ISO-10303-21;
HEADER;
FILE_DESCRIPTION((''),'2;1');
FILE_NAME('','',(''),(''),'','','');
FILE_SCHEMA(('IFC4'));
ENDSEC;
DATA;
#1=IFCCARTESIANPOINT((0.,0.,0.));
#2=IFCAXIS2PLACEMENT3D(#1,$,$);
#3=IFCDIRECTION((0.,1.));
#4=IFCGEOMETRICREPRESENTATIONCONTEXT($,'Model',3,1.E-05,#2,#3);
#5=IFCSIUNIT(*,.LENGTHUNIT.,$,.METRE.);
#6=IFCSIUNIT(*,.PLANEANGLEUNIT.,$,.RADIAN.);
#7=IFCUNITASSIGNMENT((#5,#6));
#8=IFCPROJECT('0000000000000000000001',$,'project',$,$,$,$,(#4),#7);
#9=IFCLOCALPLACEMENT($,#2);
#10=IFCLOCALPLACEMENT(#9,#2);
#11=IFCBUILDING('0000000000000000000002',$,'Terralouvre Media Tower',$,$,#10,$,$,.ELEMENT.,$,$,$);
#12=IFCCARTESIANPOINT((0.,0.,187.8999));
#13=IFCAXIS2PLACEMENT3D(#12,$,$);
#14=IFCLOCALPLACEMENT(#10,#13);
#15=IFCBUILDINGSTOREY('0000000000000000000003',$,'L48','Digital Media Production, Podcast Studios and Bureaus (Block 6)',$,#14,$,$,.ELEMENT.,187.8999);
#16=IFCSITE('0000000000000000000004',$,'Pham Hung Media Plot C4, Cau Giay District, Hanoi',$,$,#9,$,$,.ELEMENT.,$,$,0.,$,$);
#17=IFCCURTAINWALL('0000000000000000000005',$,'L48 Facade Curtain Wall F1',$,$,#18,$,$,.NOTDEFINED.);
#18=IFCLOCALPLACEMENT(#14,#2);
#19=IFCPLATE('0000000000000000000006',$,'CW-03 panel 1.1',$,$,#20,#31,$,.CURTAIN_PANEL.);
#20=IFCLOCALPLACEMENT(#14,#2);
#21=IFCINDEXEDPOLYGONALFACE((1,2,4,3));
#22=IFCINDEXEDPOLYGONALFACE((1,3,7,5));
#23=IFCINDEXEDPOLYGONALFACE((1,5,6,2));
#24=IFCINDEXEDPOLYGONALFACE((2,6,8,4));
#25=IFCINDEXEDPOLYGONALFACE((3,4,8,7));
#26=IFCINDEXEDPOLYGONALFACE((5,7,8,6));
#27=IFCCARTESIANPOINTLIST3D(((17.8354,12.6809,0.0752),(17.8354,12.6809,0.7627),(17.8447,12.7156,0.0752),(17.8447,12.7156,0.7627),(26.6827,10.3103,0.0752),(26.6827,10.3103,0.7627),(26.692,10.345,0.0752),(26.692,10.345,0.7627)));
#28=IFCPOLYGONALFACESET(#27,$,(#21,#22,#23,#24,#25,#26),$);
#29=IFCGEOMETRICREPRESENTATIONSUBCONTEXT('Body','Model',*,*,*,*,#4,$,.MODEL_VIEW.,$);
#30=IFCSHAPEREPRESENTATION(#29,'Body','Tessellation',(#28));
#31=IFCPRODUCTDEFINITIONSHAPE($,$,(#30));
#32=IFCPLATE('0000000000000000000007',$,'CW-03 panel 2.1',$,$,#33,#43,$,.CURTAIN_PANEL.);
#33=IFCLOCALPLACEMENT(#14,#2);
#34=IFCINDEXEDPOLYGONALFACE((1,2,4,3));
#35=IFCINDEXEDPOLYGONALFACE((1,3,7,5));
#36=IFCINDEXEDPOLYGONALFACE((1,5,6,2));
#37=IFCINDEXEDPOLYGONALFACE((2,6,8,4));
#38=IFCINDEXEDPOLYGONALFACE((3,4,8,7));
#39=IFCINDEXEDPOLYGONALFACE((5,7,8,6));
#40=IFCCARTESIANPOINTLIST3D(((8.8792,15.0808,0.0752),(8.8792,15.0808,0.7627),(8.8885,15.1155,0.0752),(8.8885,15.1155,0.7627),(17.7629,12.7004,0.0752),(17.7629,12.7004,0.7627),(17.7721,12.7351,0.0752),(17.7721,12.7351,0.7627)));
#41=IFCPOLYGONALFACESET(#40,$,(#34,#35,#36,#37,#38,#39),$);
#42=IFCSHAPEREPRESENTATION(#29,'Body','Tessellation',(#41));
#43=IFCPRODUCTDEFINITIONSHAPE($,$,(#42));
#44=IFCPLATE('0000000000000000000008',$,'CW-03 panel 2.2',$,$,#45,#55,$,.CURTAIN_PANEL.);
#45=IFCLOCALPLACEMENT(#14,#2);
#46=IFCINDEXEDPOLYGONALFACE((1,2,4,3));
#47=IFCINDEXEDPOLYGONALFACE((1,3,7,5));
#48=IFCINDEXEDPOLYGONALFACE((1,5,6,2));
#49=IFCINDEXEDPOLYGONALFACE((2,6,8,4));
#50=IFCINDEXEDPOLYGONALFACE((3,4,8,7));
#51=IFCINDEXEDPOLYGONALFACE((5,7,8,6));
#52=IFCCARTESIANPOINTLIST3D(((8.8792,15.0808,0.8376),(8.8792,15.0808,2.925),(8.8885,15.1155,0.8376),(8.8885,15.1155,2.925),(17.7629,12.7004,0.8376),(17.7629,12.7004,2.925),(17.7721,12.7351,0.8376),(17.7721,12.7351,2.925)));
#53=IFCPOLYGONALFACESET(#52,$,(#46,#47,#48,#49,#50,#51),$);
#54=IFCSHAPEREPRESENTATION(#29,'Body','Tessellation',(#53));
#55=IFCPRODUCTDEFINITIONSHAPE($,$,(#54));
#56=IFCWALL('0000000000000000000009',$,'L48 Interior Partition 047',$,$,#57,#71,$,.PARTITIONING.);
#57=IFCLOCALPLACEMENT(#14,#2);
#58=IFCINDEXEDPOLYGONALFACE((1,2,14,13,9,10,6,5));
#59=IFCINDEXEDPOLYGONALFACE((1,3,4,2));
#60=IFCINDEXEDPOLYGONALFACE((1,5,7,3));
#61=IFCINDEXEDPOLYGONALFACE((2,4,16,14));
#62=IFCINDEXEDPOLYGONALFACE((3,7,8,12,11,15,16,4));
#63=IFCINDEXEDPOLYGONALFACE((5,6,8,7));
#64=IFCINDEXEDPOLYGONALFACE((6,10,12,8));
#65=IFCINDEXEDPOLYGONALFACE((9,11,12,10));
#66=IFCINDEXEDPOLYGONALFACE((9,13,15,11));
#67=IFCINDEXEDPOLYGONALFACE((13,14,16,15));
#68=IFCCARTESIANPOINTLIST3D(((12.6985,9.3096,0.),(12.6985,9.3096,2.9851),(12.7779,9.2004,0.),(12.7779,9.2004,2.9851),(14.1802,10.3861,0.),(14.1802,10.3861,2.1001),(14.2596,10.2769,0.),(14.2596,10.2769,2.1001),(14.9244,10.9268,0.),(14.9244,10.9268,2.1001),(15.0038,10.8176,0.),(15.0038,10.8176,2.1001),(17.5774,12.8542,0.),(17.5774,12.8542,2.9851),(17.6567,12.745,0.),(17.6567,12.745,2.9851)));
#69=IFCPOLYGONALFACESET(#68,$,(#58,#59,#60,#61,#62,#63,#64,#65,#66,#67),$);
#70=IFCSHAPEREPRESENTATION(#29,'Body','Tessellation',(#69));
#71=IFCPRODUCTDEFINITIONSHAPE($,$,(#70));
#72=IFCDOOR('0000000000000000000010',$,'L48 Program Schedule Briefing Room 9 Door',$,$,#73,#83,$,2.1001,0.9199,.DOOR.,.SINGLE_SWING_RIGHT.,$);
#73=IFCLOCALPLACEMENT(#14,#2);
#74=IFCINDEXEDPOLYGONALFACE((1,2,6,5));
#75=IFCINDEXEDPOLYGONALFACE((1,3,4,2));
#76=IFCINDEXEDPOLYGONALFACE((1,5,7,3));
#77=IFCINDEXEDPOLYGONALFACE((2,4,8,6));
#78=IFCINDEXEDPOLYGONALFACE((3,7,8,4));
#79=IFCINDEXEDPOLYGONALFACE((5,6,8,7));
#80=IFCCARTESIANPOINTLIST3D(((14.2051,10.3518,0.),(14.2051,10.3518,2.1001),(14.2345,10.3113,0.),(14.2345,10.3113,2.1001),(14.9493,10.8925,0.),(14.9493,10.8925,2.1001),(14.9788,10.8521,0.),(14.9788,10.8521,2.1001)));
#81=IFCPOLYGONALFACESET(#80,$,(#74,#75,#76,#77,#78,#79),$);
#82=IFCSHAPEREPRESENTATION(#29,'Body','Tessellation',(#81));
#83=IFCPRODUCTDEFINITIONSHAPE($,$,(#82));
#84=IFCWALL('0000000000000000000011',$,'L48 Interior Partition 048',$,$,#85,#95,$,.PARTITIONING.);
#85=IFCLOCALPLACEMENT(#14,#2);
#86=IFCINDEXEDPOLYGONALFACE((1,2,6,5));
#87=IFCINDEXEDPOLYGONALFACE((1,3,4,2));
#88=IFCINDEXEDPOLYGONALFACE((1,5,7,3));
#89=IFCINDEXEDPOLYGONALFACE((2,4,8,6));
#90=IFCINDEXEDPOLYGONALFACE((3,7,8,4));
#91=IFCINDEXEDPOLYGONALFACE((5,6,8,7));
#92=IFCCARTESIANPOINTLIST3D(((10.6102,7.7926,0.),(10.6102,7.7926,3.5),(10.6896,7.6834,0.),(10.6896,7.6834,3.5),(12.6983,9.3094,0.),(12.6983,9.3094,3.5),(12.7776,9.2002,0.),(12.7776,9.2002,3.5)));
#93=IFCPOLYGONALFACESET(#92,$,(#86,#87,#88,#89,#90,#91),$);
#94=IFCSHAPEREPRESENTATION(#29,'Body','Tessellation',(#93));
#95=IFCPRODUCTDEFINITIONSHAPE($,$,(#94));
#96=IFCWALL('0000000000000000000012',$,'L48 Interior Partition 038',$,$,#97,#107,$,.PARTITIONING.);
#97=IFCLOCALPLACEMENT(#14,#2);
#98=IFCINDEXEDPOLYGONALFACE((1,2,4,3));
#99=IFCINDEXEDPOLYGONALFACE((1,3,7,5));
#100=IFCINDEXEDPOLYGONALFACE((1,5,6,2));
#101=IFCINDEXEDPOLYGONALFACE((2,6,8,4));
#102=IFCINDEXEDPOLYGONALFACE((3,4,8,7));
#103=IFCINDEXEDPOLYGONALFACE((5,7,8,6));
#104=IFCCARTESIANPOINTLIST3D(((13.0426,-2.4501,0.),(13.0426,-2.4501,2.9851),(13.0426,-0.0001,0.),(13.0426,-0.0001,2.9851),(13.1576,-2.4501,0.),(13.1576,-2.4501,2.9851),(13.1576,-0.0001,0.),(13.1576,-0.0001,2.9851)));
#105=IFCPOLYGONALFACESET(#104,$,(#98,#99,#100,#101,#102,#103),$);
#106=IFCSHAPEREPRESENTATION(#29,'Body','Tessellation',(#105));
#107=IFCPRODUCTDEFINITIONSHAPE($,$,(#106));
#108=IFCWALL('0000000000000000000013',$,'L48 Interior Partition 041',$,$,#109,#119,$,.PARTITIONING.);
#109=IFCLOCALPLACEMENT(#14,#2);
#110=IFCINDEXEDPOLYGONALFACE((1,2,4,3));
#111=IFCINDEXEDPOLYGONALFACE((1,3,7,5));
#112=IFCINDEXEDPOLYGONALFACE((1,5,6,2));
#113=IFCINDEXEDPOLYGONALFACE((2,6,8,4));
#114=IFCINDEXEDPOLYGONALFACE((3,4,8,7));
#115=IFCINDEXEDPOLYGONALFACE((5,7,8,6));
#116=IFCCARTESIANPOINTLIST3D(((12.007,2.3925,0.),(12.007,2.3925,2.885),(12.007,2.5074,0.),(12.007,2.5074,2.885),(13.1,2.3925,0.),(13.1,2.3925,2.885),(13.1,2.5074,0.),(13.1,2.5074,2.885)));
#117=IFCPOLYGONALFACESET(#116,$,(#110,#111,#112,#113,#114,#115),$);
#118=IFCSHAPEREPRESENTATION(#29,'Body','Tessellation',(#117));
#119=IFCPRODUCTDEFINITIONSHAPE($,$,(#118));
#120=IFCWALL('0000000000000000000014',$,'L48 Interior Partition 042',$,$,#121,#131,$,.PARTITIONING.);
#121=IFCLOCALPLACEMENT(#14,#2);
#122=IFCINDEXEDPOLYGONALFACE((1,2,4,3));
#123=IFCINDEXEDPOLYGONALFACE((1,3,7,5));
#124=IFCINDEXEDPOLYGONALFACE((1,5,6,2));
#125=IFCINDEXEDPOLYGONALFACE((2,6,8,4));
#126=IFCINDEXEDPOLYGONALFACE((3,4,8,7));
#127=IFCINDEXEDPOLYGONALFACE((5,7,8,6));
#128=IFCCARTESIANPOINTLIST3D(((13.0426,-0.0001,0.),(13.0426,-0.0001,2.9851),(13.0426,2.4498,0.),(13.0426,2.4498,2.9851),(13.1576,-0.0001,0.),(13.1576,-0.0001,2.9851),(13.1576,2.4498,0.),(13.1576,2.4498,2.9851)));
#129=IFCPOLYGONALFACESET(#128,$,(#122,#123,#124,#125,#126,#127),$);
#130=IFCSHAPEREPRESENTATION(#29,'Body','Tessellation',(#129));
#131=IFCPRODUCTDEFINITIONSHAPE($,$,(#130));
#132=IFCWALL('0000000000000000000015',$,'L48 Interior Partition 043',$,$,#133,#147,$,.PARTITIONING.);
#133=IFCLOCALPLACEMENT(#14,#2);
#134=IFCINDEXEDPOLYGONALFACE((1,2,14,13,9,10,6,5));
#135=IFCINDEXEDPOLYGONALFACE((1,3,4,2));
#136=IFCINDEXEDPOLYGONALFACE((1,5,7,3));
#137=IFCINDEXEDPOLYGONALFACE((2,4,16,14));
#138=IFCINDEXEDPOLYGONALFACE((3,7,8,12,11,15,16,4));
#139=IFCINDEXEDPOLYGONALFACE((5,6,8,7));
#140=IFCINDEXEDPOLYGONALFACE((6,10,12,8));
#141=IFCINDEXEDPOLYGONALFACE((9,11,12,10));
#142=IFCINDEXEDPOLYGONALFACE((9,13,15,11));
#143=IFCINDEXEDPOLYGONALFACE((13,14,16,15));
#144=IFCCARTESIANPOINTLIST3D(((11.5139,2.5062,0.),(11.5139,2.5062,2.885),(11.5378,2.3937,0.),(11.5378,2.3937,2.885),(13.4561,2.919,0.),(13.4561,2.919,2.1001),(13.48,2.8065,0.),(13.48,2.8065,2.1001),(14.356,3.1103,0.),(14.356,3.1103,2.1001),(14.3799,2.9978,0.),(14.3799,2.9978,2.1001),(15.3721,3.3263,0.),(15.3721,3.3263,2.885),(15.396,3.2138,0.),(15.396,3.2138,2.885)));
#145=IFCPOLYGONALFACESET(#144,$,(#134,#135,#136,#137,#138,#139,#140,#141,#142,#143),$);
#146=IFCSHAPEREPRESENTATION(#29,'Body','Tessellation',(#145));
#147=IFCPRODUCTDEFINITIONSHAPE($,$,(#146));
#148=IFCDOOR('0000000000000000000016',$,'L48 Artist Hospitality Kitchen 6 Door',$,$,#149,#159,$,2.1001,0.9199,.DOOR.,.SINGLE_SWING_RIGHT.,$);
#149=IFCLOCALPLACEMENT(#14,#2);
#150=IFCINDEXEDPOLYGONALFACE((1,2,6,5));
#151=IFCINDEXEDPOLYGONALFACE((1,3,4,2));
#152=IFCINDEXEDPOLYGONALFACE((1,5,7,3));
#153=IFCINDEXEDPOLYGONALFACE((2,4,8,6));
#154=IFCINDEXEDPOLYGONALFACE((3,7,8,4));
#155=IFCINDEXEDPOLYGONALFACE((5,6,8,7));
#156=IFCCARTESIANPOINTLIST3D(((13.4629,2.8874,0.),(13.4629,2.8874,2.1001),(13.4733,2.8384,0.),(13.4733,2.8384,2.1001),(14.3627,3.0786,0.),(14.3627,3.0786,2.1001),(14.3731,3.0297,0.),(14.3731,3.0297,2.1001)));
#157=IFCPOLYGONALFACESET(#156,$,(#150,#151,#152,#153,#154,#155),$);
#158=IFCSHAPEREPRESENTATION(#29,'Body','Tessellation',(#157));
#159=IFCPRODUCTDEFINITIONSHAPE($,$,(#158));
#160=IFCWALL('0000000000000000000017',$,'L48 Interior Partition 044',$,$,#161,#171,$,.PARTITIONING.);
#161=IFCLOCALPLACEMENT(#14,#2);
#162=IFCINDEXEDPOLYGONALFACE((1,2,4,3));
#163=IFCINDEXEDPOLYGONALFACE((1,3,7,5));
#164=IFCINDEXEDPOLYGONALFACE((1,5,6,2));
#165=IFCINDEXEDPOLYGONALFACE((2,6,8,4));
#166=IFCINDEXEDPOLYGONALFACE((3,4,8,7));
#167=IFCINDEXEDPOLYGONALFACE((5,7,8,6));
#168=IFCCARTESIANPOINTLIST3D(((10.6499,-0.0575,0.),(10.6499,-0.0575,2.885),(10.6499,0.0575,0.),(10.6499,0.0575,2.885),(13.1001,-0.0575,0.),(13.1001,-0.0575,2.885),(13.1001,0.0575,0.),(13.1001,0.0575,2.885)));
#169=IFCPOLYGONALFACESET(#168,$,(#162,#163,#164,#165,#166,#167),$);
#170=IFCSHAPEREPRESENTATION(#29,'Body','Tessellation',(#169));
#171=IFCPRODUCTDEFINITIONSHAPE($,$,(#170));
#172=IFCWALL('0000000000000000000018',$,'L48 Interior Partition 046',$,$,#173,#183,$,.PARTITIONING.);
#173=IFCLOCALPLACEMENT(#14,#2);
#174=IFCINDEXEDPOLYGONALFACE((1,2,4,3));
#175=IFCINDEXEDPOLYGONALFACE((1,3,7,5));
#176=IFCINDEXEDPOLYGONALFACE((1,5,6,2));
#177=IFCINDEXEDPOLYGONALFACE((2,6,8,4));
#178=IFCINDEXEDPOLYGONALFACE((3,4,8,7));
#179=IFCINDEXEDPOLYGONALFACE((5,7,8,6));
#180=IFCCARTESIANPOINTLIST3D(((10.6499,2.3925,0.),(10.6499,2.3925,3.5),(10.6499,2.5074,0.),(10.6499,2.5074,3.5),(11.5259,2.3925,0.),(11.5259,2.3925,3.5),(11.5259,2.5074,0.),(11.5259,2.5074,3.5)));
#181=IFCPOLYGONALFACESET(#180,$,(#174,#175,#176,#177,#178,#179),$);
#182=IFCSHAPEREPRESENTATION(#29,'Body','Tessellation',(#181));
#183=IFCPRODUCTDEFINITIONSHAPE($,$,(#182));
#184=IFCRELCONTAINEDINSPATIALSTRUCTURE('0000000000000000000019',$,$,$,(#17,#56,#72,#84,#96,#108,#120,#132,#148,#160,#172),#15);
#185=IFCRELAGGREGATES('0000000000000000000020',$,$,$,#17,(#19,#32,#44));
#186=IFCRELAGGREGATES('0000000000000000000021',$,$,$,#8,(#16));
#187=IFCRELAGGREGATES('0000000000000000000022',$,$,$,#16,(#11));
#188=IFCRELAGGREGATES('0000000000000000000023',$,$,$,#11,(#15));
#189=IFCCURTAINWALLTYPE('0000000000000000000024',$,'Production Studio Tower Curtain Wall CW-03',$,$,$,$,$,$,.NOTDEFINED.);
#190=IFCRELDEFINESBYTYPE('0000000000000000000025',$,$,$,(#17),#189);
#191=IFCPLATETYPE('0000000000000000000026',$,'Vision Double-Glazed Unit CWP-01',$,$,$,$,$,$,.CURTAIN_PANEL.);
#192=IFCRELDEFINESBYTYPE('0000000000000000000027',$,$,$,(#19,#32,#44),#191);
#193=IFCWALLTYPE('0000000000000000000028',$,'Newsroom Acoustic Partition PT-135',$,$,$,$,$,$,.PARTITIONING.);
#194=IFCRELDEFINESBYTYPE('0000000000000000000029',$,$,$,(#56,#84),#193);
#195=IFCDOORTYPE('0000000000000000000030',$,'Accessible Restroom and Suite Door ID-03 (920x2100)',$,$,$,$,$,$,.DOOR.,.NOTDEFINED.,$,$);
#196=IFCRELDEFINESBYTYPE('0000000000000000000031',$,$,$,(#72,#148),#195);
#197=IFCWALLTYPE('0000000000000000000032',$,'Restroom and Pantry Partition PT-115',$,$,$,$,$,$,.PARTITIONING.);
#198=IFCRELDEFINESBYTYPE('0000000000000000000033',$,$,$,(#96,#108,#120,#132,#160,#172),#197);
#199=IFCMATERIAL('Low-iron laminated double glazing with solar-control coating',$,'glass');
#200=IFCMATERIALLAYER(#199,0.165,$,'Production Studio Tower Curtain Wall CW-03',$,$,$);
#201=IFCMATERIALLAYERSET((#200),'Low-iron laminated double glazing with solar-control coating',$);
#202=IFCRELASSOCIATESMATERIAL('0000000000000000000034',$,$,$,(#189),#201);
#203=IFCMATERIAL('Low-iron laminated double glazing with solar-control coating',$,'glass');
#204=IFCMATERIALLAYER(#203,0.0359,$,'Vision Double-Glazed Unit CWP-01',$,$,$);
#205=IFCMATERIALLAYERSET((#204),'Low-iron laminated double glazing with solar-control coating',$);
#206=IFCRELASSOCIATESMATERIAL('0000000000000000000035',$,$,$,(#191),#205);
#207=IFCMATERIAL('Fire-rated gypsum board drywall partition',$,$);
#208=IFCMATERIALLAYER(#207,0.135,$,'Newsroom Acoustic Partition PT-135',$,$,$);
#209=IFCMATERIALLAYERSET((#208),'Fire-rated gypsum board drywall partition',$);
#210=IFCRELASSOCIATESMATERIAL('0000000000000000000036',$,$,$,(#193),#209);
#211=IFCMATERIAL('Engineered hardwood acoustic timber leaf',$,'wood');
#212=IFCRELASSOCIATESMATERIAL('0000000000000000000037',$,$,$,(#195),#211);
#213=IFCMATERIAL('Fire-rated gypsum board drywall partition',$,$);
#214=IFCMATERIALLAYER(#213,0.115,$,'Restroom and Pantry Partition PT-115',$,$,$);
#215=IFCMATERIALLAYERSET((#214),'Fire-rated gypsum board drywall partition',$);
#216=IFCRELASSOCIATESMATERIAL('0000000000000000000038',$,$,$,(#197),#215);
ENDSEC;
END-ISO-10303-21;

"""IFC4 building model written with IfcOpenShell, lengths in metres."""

from ifc_helpers import new_model, si_unit, direction, frame, frame_2d, origin, origin_2d, place, context, subcontext, project, spatial, rectangle, extrude, material, layer, layer_set, type_object, element, fill, aggregate, save


model = new_model("IFC4")

# Units and contexts
model_context = context("Model", 3, precision=1e-05, world=origin(), true_north=direction((0.0, 1.0)))
body_context = subcontext(model_context, "Body", "Model", "MODEL_VIEW")
ifc_project = project(units=[si_unit("LENGTHUNIT", "METRE"), si_unit("PLANEANGLEUNIT", "RADIAN")], contexts=[model_context])

# Site, building, storey
site_placement = place(None, origin())
site = spatial("IfcSite", under=ifc_project, at=site_placement, Name="Pham Hung Media Plot C4, Cau Giay District, Hanoi", CompositionType="ELEMENT", RefElevation=0.0)
building_placement = place(site_placement, origin())
building = spatial("IfcBuilding", under=site, at=building_placement, Name="Terralouvre Media Tower", CompositionType="ELEMENT")
storey_placement = place(building_placement, frame((0.0, 0.0, 187.8999)))
storey = spatial("IfcBuildingStorey", under=building, at=storey_placement, Name="L48", Description="Digital Media Production, Podcast Studios and Bureaus (Block 6)", CompositionType="ELEMENT", Elevation=187.8999)

# Curtain wall
ifc_material_1 = material(Name="Low-iron laminated double glazing with solar-control coating", Category="glass")
ifc_layer_1 = layer(ifc_material_1, 0.165, Name="Production Studio Tower Curtain Wall CW-03")
ifc_layer_set_1 = layer_set([ifc_layer_1], Name="Low-iron laminated double glazing with solar-control coating")
curtain_wall_type = type_object("IfcCurtainWallType", Name="Production Studio Tower Curtain Wall CW-03", PredefinedType="NOTDEFINED", material=ifc_layer_set_1)
curtain_wall_placement = place(storey_placement, origin())
curtain_wall = element("IfcCurtainWall", 1, at=curtain_wall_placement, inside=storey, type_object=curtain_wall_type, Name="L48 Facade Curtain Wall F1", PredefinedType="NOTDEFINED")

# Plates
ifc_material_2 = material(Name="Low-iron laminated double glazing with solar-control coating", Category="glass")
ifc_layer_2 = layer(ifc_material_2, 0.0359, Name="Vision Double-Glazed Unit CWP-01")
ifc_layer_set_2 = layer_set([ifc_layer_2], Name="Low-iron laminated double glazing with solar-control coating")
plate_type = type_object("IfcPlateType", Name="Vision Double-Glazed Unit CWP-01", PredefinedType="CURTAIN_PANEL", material=ifc_layer_set_2)
plate_1_placement = place(storey_placement, frame((22.2637, 11.5129, 0.0752), z_axis=(0.0, 0.0, 1.0), x_axis=(-0.965926, 0.258819, 0.0)))
plate_1 = element("IfcPlate", 2, at=plate_1_placement, type_object=plate_type, Name="CW-03 panel 1.1", PredefinedType="CURTAIN_PANEL", context=body_context, shape_type="SweptSolid", body=[
    extrude(rectangle(XDim=9.1594, YDim=0.0359, at=origin_2d()), origin(), (0.0, 0.0, 1.0), 0.6875),
])
plate_2_placement = place(storey_placement, frame((13.3257, 13.908, 0.0752), z_axis=(0.0, 0.0, 1.0), x_axis=(-0.965926, 0.258819, 0.0)))
plate_2 = element("IfcPlate", 3, at=plate_2_placement, type_object=plate_type, Name="CW-03 panel 2.1", PredefinedType="CURTAIN_PANEL", context=body_context, shape_type="SweptSolid", body=[
    extrude(rectangle(XDim=9.197, YDim=0.0359, at=origin_2d()), origin(), (0.0, 0.0, 1.0), 0.6875),
])
plate_3_placement = place(storey_placement, frame((13.3257, 13.908, 0.8376), z_axis=(0.0, 0.0, 1.0), x_axis=(-0.965926, 0.258819, 0.0)))
plate_3 = element("IfcPlate", 4, at=plate_3_placement, type_object=plate_type, Name="CW-03 panel 2.2", PredefinedType="CURTAIN_PANEL", context=body_context, shape_type="SweptSolid", body=[
    extrude(rectangle(XDim=9.197, YDim=0.0359, at=origin_2d()), origin(), (0.0, 0.0, 1.0), 2.0874),
])
aggregate(curtain_wall, [plate_1, plate_2, plate_3])

# Wall, opening, door
ifc_material_3 = material(Name="Fire-rated gypsum board drywall partition")
ifc_layer_3 = layer(ifc_material_3, 0.135, Name="Newsroom Acoustic Partition PT-135")
ifc_layer_set_3 = layer_set([ifc_layer_3], Name="Fire-rated gypsum board drywall partition")
wall_type_1 = type_object("IfcWallType", Name="Newsroom Acoustic Partition PT-135", PredefinedType="PARTITIONING", material=ifc_layer_set_3)
wall_1_placement = place(storey_placement, frame((17.6169, 12.7996, 0.0), z_axis=(0.0, 0.0, 1.0), x_axis=(-0.809021, -0.587779, 0.0)))
wall_1 = element("IfcWall", 5, at=wall_1_placement, inside=storey, type_object=wall_type_1, Name="L48 Interior Partition 047", PredefinedType="PARTITIONING", context=body_context, shape_type="SweptSolid", body=[
    extrude(rectangle(XDim=6.0305, YDim=0.135, at=frame_2d((3.0151, 0.0))), origin(), (0.0, 0.0, 1.0), 2.9851),
])
opening_1_placement = place(wall_1_placement, frame((3.2791, 0.0, 0.0)))
opening_1 = element("IfcOpeningElement", 6, at=opening_1_placement, cuts=wall_1, PredefinedType="OPENING", context=body_context, shape_type="SweptSolid", body=[
    extrude(rectangle(XDim=0.9199, YDim=2.1001, at=frame_2d((0.46, 1.05))), frame((0.0, 0.0774, 0.0), z_axis=(0.0, -1.0, 0.0), x_axis=(1.0, 0.0, 0.0)), (0.0, 0.0, 1.0), 0.155),
])
ifc_material_4 = material(Name="Engineered hardwood acoustic timber leaf", Category="wood")
door_type = type_object("IfcDoorType", Name="Accessible Restroom and Suite Door ID-03 (920x2100)", OperationType="NOTDEFINED", PredefinedType="DOOR", material=ifc_material_4)
door_1_placement = place(opening_1_placement, origin())
door_1 = element("IfcDoor", 7, at=door_1_placement, inside=storey, type_object=door_type, Name="L48 Program Schedule Briefing Room 9 Door", OperationType="SINGLE_SWING_RIGHT", OverallHeight=2.1001, OverallWidth=0.9199, PredefinedType="DOOR", context=body_context, shape_type="SweptSolid", body=[
    extrude(rectangle(XDim=0.9199, YDim=2.1001, at=frame_2d((0.46, 1.05))), frame((0.0, 0.0249, 0.0), z_axis=(0.0, -1.0, 0.0), x_axis=(1.0, 0.0, 0.0)), (0.0, 0.0, 1.0), 0.05),
])
fill(opening_1, door_1)

# Walls
wall_2_placement = place(storey_placement, frame((12.738, 9.2549, 0.0), z_axis=(0.0, 0.0, 1.0), x_axis=(-0.809067, -0.587716, 0.0)))
element("IfcWall", 8, at=wall_2_placement, inside=storey, type_object=wall_type_1, Name="L48 Interior Partition 048", PredefinedType="PARTITIONING", context=body_context, shape_type="SweptSolid", body=[
    extrude(rectangle(XDim=2.5808, YDim=0.135, at=frame_2d((1.2905, 0.0))), origin(), (0.0, 0.0, 1.0), 3.5),
])
ifc_material_5 = material(Name="Fire-rated gypsum board drywall partition")
ifc_layer_4 = layer(ifc_material_5, 0.115, Name="Restroom and Pantry Partition PT-115")
ifc_layer_set_4 = layer_set([ifc_layer_4], Name="Fire-rated gypsum board drywall partition")
wall_type_2 = type_object("IfcWallType", Name="Restroom and Pantry Partition PT-115", PredefinedType="PARTITIONING", material=ifc_layer_set_4)
wall_3_placement = place(storey_placement, frame((13.1001, 0.0, 0.0), z_axis=(0.0, 0.0, 1.0), x_axis=(0.0, -1.0, 0.0)))
element("IfcWall", 9, at=wall_3_placement, inside=storey, type_object=wall_type_2, Name="L48 Interior Partition 038", PredefinedType="PARTITIONING", context=body_context, shape_type="SweptSolid", body=[
    extrude(rectangle(XDim=2.45, YDim=0.115, at=frame_2d((1.2251, 0.0))), origin(), (0.0, 0.0, 1.0), 2.9851),
])
wall_4_placement = place(storey_placement, frame((12.0071, 2.45, 0.0), z_axis=(0.0, 0.0, 1.0), x_axis=(1.0, 0.0, 0.0)))
element("IfcWall", 10, at=wall_4_placement, inside=storey, type_object=wall_type_2, Name="L48 Interior Partition 041", PredefinedType="PARTITIONING", context=body_context, shape_type="SweptSolid", body=[
    extrude(rectangle(XDim=1.093, YDim=0.115, at=frame_2d((0.5464, 0.0))), origin(), (0.0, 0.0, 1.0), 2.885),
])
wall_5_placement = place(storey_placement, frame((13.1001, 2.45, 0.0), z_axis=(0.0, 0.0, 1.0), x_axis=(0.0, -1.0, 0.0)))
element("IfcWall", 11, at=wall_5_placement, inside=storey, type_object=wall_type_2, Name="L48 Interior Partition 042", PredefinedType="PARTITIONING", context=body_context, shape_type="SweptSolid", body=[
    extrude(rectangle(XDim=2.45, YDim=0.115, at=frame_2d((1.2251, 0.0))), origin(), (0.0, 0.0, 1.0), 2.9851),
])

# Wall, opening, door
wall_6_placement = place(storey_placement, frame((15.384, 3.27, 0.0), z_axis=(0.0, 0.0, 1.0), x_axis=(-0.978148, -0.20791, 0.0)))
wall_6 = element("IfcWall", 12, at=wall_6_placement, inside=storey, type_object=wall_type_2, Name="L48 Interior Partition 043", PredefinedType="PARTITIONING", context=body_context, shape_type="SweptSolid", body=[
    extrude(rectangle(XDim=3.9443, YDim=0.115, at=frame_2d((1.9722, 0.0))), origin(), (0.0, 0.0, 1.0), 2.885),
])
opening_2_placement = place(wall_6_placement, frame((1.0388, 0.0, 0.0)))
opening_2 = element("IfcOpeningElement", 13, at=opening_2_placement, cuts=wall_6, PredefinedType="OPENING", context=body_context, shape_type="SweptSolid", body=[
    extrude(rectangle(XDim=0.9199, YDim=2.1001, at=frame_2d((0.46, 1.05))), frame((0.0, 0.0674, 0.0), z_axis=(0.0, -1.0, 0.0), x_axis=(1.0, 0.0, 0.0)), (0.0, 0.0, 1.0), 0.135),
])
door_2_placement = place(opening_2_placement, origin())
door_2 = element("IfcDoor", 14, at=door_2_placement, inside=storey, type_object=door_type, Name="L48 Artist Hospitality Kitchen 6 Door", OperationType="SINGLE_SWING_RIGHT", OverallHeight=2.1001, OverallWidth=0.9199, PredefinedType="DOOR", context=body_context, shape_type="SweptSolid", body=[
    extrude(rectangle(XDim=0.9199, YDim=2.1001, at=frame_2d((0.46, 1.05))), frame((0.0, 0.0249, 0.0), z_axis=(0.0, -1.0, 0.0), x_axis=(1.0, 0.0, 0.0)), (0.0, 0.0, 1.0), 0.05),
])
fill(opening_2, door_2)

# Walls
wall_7_placement = place(storey_placement, frame((13.1001, 0.0, 0.0), z_axis=(0.0, 0.0, 1.0), x_axis=(-1.0, 0.0, 0.0)))
element("IfcWall", 15, at=wall_7_placement, inside=storey, type_object=wall_type_2, Name="L48 Interior Partition 044", PredefinedType="PARTITIONING", context=body_context, shape_type="SweptSolid", body=[
    extrude(rectangle(XDim=2.4502, YDim=0.115, at=frame_2d((1.2251, 0.0))), origin(), (0.0, 0.0, 1.0), 2.885),
])
wall_8_placement = place(storey_placement, frame((11.5259, 2.45, 0.0), z_axis=(0.0, 0.0, 1.0), x_axis=(-1.0, 0.0, 0.0)))
element("IfcWall", 16, at=wall_8_placement, inside=storey, type_object=wall_type_2, Name="L48 Interior Partition 046", PredefinedType="PARTITIONING", context=body_context, shape_type="SweptSolid", body=[
    extrude(rectangle(XDim=0.876, YDim=0.115, at=frame_2d((0.438, 0.0))), origin(), (0.0, 0.0, 1.0), 3.5),
])

save(model, "model.ifc")
